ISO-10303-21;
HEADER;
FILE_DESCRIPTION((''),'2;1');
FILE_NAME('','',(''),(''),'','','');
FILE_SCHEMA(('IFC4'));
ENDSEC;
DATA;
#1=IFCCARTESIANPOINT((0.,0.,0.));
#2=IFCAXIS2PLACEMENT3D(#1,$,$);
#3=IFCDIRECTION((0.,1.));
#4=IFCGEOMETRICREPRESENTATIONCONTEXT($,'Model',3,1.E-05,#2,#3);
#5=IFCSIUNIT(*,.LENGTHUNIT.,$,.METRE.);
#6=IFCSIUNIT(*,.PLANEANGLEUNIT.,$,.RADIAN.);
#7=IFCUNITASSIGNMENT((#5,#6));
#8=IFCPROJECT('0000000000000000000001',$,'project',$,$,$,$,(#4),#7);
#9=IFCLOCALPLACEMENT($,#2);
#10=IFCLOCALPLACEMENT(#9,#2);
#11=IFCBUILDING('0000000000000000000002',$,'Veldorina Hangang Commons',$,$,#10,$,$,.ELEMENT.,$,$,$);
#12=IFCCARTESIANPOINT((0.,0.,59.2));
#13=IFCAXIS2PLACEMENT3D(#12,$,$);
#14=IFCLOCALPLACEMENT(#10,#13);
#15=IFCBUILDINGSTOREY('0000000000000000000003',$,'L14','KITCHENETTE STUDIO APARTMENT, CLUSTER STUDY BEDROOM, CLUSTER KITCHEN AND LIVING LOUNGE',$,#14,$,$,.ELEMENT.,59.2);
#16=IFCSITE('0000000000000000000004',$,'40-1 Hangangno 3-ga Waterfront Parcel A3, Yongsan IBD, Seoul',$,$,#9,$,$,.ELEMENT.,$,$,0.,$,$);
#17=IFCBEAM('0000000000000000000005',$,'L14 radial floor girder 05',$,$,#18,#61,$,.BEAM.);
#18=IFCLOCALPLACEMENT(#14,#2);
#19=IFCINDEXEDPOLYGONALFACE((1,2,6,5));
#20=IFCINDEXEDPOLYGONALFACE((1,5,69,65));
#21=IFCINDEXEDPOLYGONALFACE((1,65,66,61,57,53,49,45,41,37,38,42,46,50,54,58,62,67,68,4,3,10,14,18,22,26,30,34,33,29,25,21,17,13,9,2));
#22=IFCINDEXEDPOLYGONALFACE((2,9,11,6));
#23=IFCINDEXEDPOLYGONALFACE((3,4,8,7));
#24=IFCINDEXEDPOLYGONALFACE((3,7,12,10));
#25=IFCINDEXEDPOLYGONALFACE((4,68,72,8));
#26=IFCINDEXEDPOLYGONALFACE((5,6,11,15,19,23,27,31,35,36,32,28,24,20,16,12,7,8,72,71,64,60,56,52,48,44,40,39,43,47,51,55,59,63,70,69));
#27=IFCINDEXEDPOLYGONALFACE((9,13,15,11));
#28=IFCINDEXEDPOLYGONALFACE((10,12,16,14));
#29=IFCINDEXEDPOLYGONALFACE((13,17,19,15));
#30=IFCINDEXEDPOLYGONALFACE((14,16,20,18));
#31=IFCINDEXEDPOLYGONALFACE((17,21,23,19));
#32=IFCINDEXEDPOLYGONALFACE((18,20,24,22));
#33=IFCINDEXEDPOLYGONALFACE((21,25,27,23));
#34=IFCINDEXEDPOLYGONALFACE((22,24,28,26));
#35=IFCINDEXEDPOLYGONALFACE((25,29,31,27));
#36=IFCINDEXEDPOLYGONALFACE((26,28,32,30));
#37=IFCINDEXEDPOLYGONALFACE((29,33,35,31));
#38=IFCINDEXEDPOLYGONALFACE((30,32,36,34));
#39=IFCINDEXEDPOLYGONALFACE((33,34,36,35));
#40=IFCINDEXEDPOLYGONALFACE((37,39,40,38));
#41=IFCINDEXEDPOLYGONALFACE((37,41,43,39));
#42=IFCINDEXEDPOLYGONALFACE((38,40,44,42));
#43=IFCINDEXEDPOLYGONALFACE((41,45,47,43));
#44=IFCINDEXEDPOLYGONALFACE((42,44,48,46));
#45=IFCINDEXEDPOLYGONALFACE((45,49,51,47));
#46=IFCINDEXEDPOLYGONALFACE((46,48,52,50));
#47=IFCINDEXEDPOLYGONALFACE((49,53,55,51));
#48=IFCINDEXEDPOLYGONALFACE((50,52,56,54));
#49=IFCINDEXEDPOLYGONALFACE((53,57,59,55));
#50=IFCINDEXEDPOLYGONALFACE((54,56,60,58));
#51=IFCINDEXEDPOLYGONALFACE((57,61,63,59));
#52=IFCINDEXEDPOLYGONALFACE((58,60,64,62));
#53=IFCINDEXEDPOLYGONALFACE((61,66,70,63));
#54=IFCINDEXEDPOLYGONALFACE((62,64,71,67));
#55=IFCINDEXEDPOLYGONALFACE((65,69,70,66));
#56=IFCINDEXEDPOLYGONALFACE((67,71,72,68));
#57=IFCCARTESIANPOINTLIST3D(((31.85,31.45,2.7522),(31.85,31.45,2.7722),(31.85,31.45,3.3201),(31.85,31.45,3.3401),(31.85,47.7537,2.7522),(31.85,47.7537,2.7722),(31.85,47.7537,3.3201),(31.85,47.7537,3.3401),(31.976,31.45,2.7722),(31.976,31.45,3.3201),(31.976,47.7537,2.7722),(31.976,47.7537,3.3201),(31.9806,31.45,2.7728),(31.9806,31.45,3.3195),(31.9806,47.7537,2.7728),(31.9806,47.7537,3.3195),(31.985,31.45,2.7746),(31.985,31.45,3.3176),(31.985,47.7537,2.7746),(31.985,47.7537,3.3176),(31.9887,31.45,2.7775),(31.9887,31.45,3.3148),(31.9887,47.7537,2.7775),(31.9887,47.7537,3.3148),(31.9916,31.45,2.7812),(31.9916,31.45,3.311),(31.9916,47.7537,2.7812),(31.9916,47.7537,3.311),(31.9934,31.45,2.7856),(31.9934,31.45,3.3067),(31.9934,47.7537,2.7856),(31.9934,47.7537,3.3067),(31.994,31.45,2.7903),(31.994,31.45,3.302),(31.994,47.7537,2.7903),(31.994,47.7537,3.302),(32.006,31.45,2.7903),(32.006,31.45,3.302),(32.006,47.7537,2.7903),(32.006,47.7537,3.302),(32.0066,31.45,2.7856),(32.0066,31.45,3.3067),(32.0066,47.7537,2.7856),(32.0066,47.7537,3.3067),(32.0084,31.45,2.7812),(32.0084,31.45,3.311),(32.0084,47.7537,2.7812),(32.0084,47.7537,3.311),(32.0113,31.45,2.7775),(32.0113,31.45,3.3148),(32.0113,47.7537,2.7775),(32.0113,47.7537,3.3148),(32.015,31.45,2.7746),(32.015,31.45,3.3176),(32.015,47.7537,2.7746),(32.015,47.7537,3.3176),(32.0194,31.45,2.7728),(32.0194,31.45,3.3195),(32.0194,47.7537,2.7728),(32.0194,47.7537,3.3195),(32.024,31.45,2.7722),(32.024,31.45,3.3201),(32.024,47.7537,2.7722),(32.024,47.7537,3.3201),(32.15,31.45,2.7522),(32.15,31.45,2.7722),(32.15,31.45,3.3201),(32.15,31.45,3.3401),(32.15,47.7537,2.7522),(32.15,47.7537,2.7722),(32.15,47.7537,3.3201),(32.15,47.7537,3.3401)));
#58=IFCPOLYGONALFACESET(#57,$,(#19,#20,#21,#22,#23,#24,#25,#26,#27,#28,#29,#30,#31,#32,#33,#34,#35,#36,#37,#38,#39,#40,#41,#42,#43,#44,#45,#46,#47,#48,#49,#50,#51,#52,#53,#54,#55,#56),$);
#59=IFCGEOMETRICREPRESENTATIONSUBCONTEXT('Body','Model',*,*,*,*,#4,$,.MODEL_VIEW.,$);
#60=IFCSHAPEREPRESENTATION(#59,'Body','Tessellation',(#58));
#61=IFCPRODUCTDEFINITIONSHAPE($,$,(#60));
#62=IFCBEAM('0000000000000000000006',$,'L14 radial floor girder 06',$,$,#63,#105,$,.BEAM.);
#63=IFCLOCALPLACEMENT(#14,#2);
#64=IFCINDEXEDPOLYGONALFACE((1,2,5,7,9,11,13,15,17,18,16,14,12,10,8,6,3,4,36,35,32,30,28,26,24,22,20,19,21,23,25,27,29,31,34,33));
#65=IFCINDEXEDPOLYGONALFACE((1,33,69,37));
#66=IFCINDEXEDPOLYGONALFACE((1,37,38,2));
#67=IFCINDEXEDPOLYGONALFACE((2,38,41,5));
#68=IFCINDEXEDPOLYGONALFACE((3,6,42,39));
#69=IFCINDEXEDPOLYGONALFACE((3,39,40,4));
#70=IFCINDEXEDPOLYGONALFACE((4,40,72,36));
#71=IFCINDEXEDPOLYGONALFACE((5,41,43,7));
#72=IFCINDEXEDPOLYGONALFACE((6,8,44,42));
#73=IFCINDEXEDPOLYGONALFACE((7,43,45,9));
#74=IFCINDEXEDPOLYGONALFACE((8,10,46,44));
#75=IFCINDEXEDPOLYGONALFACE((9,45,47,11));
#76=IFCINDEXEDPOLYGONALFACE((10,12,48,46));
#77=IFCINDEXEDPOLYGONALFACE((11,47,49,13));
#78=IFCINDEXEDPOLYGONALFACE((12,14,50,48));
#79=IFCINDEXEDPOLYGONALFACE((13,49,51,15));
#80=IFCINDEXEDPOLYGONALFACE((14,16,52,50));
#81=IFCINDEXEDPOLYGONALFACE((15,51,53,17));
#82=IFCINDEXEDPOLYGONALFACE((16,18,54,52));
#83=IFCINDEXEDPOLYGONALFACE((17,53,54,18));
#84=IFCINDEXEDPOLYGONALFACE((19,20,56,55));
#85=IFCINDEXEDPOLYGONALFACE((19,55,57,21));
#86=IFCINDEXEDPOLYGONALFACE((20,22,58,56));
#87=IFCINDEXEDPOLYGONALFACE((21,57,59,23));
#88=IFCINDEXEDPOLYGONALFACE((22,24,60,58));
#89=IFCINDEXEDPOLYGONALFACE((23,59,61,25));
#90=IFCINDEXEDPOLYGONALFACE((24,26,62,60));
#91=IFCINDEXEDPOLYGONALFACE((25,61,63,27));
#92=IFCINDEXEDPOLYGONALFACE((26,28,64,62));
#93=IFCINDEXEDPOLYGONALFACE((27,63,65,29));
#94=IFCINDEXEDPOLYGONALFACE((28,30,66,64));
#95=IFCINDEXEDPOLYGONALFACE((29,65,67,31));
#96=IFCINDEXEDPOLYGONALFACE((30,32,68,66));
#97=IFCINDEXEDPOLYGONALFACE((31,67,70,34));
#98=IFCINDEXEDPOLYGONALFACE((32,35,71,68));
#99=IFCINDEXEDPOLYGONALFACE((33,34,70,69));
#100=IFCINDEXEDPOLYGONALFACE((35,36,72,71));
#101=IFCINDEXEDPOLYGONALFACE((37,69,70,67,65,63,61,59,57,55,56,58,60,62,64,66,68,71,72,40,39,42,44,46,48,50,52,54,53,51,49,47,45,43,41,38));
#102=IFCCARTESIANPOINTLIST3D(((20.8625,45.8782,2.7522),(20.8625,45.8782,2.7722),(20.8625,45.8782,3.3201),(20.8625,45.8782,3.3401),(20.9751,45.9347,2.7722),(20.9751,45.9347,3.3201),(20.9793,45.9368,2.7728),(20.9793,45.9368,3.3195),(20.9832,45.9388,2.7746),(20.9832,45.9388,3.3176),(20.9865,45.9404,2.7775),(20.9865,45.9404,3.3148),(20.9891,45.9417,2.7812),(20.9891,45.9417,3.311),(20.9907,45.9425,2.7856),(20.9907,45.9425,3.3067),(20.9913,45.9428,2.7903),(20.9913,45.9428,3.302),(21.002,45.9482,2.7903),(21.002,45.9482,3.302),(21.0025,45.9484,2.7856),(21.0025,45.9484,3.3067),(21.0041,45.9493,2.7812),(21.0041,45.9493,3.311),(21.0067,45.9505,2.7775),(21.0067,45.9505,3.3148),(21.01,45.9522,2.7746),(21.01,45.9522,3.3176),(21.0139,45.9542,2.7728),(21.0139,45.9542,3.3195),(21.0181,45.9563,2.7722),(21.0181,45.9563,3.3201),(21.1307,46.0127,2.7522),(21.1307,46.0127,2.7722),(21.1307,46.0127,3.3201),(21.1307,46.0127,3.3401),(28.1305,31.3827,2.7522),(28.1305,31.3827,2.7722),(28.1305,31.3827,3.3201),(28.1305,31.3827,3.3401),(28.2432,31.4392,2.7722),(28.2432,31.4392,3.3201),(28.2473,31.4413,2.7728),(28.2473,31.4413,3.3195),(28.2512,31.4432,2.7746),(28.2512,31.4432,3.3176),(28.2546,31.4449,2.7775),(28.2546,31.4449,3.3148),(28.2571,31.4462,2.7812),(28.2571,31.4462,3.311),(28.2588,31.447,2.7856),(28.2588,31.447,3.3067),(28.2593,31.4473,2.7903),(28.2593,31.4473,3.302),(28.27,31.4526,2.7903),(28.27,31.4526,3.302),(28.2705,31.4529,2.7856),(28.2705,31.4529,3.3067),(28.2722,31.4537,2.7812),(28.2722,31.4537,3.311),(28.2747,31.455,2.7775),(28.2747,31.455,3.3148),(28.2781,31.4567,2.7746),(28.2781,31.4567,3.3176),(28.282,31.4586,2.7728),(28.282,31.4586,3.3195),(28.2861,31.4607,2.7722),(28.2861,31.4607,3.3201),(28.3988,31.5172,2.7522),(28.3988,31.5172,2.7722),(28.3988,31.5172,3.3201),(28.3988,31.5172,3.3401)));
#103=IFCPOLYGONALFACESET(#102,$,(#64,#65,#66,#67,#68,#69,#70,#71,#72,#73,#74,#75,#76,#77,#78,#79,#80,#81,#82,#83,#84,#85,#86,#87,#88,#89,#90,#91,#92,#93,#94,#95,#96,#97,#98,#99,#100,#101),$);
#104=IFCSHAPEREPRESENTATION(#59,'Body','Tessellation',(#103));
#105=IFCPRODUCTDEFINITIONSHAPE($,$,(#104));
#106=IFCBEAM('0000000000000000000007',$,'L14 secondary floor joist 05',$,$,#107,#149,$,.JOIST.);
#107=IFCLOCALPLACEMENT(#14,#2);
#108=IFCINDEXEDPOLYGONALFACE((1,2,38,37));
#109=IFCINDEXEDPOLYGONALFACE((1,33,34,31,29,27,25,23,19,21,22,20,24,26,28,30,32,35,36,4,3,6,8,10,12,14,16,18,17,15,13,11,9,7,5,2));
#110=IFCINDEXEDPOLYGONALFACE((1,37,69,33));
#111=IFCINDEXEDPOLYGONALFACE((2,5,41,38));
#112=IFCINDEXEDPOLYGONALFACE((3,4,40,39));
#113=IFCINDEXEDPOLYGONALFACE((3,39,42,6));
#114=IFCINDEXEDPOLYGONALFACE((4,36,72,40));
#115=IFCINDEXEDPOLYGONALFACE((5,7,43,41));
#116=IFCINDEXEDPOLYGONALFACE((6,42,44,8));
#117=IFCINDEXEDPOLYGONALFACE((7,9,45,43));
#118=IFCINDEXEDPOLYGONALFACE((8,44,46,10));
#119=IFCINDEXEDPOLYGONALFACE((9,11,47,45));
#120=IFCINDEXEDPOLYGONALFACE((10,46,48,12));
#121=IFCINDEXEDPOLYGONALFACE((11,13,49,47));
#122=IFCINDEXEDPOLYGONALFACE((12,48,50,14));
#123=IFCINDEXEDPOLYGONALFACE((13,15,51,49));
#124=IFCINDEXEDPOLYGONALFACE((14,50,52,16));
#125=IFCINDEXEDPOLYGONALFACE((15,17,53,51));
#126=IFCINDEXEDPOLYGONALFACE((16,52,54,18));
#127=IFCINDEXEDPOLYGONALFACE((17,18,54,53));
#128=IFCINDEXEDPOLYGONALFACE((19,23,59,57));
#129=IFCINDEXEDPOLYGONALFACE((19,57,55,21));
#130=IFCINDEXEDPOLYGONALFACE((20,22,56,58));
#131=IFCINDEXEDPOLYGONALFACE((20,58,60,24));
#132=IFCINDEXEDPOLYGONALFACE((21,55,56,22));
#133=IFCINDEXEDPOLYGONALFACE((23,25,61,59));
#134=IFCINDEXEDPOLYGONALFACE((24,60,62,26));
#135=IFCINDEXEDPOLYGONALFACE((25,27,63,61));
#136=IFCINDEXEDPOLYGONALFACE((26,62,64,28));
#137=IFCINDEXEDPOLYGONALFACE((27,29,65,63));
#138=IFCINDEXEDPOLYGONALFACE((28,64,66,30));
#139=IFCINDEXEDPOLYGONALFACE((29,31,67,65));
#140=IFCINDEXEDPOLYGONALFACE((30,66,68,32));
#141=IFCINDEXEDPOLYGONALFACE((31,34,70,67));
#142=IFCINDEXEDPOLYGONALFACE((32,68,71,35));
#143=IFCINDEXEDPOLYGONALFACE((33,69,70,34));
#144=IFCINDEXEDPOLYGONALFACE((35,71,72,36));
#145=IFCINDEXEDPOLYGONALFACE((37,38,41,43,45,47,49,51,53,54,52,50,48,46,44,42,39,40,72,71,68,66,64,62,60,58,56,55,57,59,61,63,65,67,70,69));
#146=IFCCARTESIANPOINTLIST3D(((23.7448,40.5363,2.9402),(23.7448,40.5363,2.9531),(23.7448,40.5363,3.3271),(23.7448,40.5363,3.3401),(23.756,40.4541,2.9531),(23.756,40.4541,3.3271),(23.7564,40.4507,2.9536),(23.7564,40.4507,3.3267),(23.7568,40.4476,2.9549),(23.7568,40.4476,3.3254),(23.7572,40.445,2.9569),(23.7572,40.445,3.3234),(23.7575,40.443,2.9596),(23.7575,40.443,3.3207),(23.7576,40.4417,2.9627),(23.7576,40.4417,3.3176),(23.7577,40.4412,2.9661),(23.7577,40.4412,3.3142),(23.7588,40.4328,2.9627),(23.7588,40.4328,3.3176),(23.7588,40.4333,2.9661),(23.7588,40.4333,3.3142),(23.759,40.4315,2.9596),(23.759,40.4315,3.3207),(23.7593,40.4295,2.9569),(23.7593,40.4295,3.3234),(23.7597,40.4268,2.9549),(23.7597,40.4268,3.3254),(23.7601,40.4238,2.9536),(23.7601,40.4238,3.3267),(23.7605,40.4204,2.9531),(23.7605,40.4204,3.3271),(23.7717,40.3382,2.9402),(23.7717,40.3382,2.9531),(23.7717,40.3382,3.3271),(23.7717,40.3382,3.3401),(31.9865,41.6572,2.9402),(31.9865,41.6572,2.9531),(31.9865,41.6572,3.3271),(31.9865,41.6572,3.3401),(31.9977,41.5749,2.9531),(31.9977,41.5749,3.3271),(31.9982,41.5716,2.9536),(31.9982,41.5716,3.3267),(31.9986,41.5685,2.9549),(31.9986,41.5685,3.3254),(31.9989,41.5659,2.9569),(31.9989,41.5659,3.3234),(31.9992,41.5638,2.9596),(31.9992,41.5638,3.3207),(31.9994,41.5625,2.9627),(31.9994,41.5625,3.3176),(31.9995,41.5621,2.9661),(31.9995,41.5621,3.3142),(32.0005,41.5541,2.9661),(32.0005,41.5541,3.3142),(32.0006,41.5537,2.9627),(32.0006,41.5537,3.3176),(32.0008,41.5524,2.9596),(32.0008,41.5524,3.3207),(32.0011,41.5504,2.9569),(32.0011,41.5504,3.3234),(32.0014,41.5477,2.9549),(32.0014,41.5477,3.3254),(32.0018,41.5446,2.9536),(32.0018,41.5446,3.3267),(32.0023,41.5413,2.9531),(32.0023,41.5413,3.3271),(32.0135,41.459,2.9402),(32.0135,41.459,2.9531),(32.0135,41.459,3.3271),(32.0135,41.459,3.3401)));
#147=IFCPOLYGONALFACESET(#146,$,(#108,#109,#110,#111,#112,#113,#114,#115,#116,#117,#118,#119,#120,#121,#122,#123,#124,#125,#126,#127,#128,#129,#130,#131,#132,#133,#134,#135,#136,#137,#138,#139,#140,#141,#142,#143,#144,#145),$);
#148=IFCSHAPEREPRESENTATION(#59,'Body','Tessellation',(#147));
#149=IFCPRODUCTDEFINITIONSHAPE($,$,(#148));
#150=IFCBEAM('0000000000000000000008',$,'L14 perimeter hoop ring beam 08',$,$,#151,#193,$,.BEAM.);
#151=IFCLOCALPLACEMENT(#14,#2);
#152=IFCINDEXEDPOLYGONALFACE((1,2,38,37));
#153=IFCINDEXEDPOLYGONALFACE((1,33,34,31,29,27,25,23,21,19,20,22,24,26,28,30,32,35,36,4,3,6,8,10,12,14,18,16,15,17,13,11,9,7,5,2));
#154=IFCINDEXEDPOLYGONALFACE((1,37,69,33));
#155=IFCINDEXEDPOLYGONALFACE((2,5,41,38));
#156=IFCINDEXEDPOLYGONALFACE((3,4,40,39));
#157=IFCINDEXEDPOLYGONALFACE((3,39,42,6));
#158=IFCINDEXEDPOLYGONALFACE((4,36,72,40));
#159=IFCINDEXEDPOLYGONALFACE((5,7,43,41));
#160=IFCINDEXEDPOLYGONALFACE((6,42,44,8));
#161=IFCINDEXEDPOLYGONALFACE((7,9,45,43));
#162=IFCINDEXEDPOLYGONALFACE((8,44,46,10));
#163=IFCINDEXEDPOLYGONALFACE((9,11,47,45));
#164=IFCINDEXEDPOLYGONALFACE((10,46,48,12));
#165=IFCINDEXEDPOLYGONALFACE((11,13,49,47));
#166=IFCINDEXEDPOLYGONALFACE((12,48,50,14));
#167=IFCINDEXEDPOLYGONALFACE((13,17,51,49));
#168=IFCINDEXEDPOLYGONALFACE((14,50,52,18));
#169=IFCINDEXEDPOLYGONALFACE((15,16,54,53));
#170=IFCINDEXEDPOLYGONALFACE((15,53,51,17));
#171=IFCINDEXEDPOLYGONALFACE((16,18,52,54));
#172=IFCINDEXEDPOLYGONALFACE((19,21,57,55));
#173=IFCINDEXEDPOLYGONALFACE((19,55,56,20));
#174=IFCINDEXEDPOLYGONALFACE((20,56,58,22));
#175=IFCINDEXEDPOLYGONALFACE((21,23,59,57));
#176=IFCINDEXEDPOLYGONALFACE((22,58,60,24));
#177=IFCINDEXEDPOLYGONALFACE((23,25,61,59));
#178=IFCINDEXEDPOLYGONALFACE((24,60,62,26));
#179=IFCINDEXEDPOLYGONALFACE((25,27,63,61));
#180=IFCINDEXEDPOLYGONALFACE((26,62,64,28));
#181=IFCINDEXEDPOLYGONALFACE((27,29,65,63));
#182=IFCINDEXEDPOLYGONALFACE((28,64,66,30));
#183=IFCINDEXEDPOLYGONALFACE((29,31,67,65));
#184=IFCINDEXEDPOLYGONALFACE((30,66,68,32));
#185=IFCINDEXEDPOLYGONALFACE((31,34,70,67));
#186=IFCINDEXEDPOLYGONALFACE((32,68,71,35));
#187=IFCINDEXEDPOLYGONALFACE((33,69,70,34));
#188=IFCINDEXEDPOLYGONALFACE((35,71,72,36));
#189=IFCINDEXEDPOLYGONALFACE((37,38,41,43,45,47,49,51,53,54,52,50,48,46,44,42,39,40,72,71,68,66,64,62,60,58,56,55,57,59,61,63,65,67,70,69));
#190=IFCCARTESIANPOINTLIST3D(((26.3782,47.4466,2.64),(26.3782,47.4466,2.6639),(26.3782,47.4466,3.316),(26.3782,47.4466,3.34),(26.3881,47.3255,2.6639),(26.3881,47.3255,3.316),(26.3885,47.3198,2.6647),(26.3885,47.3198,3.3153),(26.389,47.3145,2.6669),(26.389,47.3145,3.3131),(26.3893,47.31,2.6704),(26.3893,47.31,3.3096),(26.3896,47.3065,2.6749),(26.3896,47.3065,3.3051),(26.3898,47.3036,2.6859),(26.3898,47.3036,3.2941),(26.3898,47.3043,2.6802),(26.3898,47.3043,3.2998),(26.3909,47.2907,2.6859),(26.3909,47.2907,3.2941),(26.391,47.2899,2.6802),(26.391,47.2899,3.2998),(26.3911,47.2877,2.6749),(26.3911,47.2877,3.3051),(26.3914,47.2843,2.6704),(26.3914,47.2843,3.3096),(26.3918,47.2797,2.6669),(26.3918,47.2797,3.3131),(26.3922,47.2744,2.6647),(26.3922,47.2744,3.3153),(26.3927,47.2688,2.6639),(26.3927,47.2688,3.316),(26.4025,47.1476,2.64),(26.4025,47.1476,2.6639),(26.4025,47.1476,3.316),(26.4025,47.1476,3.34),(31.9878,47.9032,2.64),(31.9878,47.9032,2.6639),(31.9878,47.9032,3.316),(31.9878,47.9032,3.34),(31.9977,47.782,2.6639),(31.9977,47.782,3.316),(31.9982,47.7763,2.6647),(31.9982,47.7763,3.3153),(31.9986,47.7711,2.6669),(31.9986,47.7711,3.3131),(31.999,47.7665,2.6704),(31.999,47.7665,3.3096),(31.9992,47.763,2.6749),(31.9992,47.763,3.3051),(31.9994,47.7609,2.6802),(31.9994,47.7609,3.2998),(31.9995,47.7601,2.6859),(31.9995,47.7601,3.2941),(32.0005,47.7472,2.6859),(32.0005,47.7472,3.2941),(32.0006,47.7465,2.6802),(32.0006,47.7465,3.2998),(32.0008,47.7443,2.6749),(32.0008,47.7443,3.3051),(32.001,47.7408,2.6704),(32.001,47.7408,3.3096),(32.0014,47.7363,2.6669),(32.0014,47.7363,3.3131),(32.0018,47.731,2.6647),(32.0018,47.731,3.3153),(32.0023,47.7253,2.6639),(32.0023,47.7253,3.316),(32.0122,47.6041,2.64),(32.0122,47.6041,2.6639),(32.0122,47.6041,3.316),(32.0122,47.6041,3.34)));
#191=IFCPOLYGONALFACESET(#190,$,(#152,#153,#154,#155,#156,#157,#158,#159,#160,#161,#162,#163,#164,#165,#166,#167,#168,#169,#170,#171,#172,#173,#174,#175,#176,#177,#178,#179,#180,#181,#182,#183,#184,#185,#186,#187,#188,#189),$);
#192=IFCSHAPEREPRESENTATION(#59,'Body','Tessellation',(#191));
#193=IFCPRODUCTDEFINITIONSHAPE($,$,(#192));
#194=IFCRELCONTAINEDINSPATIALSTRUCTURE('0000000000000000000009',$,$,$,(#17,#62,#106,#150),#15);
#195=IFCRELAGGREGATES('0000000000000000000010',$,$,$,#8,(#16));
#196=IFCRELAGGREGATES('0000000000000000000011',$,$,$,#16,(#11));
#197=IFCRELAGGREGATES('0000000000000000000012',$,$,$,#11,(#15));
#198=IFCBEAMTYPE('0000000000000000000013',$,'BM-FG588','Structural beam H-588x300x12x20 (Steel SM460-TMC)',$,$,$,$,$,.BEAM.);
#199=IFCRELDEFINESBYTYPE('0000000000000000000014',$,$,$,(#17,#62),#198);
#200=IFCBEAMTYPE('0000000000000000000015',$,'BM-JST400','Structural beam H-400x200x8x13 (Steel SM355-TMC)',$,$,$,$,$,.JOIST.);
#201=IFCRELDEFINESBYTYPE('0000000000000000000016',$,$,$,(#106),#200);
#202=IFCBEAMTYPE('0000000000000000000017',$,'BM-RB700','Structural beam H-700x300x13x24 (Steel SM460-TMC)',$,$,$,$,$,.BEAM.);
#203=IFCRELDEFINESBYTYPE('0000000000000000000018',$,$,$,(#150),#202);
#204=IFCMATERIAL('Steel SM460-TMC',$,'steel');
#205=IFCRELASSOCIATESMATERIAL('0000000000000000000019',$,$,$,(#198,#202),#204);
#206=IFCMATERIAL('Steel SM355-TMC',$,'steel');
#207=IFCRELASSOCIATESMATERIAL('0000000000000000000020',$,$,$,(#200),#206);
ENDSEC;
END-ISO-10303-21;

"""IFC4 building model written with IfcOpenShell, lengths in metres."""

from ifc_helpers import new_model, si_unit, direction, frame, origin, origin_2d, place, context, subcontext, project, spatial, i_section, extrude, material, material_profile, profile_set, type_object, element, save


model = new_model("IFC4")

# Units and contexts
model_context = context("Model", 3, precision=1e-05, world=origin(), true_north=direction((0.0, 1.0)))
body_context = subcontext(model_context, "Body", "Model", "MODEL_VIEW")
ifc_project = project(units=[si_unit("LENGTHUNIT", "METRE"), si_unit("PLANEANGLEUNIT", "RADIAN")], contexts=[model_context])

# Site, building, storey
site_placement = place(None, origin())
site = spatial("IfcSite", under=ifc_project, at=site_placement, Name="40-1 Hangangno 3-ga Waterfront Parcel A3, Yongsan IBD, Seoul", CompositionType="ELEMENT", RefElevation=0.0)
building_placement = place(site_placement, origin())
building = spatial("IfcBuilding", under=site, at=building_placement, Name="Veldorina Hangang Commons", CompositionType="ELEMENT")
storey_placement = place(building_placement, frame((0.0, 0.0, 59.2)))
storey = spatial("IfcBuildingStorey", under=building, at=storey_placement, Name="L14", Description="KITCHENETTE STUDIO APARTMENT, CLUSTER STUDY BEDROOM, CLUSTER KITCHEN AND LIVING LOUNGE", CompositionType="ELEMENT", Elevation=59.2)

# Beams
ifc_material_1 = material(Name="Steel SM460-TMC", Category="steel")
ifc_material_profile_1 = material_profile(ifc_material_1, i_section(OverallWidth=0.3, OverallDepth=0.5879, WebThickness=0.012, FlangeThickness=0.02, FilletRadius=0.0181, at=origin_2d()), Name="H-588x300x12x20")
ifc_profile_set_1 = profile_set([ifc_material_profile_1], Name="Steel SM460-TMC")
beam_type_1 = type_object("IfcBeamType", Name="BM-FG588", Description="Structural beam H-588x300x12x20 (Steel SM460-TMC)", PredefinedType="BEAM", material=ifc_profile_set_1)
beam_1_placement = place(storey_placement, frame((32.0, 31.45, 3.0461), z_axis=(0.0, 1.0, 0.0), x_axis=(-1.0, 0.0, 0.0)))
element("IfcBeam", 1, at=beam_1_placement, inside=storey, type_object=beam_type_1, Name="L14 radial floor girder 05", PredefinedType="BEAM", context=body_context, shape_type="SweptSolid", body=[
    extrude(i_section(OverallWidth=0.3, OverallDepth=0.5879, WebThickness=0.012, FlangeThickness=0.02, FilletRadius=0.0181, at=origin_2d()), origin(), (0.0, 0.0, 1.0), 16.3037),
])
beam_2_placement = place(storey_placement, frame((28.2646, 31.45, 3.0461), z_axis=(-0.448213, 0.893927, 0.0), x_axis=(-0.893927, -0.448213, 0.0)))
element("IfcBeam", 2, at=beam_2_placement, inside=storey, type_object=beam_type_1, Name="L14 radial floor girder 06", PredefinedType="BEAM", context=body_context, shape_type="SweptSolid", body=[
    extrude(i_section(OverallWidth=0.3, OverallDepth=0.5879, WebThickness=0.012, FlangeThickness=0.02, FilletRadius=0.0181, at=origin_2d()), origin(), (0.0, 0.0, 1.0), 16.2156),
])
ifc_material_2 = material(Name="Steel SM355-TMC", Category="steel")
ifc_material_profile_2 = material_profile(ifc_material_2, i_section(OverallWidth=0.2, OverallDepth=0.3999, WebThickness=0.0081, FlangeThickness=0.0129, FilletRadius=0.0129, at=origin_2d()), Name="H-400x200x8x13")
ifc_profile_set_2 = profile_set([ifc_material_profile_2], Name="Steel SM355-TMC")
beam_type_2 = type_object("IfcBeamType", Name="BM-JST400", Description="Structural beam H-400x200x8x13 (Steel SM355-TMC)", PredefinedType="JOIST", material=ifc_profile_set_2)
beam_3_placement = place(storey_placement, frame((32.0, 41.5581, 3.1401), z_axis=(-0.990879, -0.134757, 0.0), x_axis=(0.134757, -0.990879, 0.0)))
element("IfcBeam", 3, at=beam_3_placement, inside=storey, type_object=beam_type_2, Name="L14 secondary floor joist 05", PredefinedType="JOIST", context=body_context, shape_type="SweptSolid", body=[
    extrude(i_section(OverallWidth=0.2, OverallDepth=0.3999, WebThickness=0.0081, FlangeThickness=0.0129, FilletRadius=0.0129, at=origin_2d()), origin(), (0.0, 0.0, 1.0), 8.3176),
])
ifc_material_profile_3 = material_profile(ifc_material_1, i_section(OverallWidth=0.3, OverallDepth=0.7, WebThickness=0.0129, FlangeThickness=0.0239, FilletRadius=0.022, at=origin_2d()), Name="H-700x300x13x24")
ifc_profile_set_3 = profile_set([ifc_material_profile_3], Name="Steel SM460-TMC")
beam_type_3 = type_object("IfcBeamType", Name="BM-RB700", Description="Structural beam H-700x300x13x24 (Steel SM460-TMC)", PredefinedType="BEAM", material=ifc_profile_set_3)
beam_4_placement = place(storey_placement, frame((32.0, 47.7537, 2.99), z_axis=(-0.996705, -0.081118, 0.0), x_axis=(0.081118, -0.996705, 0.0)))
element("IfcBeam", 4, at=beam_4_placement, inside=storey, type_object=beam_type_3, Name="L14 perimeter hoop ring beam 08", PredefinedType="BEAM", context=body_context, shape_type="SweptSolid", body=[
    extrude(i_section(OverallWidth=0.3, OverallDepth=0.7, WebThickness=0.0129, FlangeThickness=0.0239, FilletRadius=0.022, at=origin_2d()), origin(), (0.0, 0.0, 1.0), 5.6282),
])

save(model, "model.ifc")
